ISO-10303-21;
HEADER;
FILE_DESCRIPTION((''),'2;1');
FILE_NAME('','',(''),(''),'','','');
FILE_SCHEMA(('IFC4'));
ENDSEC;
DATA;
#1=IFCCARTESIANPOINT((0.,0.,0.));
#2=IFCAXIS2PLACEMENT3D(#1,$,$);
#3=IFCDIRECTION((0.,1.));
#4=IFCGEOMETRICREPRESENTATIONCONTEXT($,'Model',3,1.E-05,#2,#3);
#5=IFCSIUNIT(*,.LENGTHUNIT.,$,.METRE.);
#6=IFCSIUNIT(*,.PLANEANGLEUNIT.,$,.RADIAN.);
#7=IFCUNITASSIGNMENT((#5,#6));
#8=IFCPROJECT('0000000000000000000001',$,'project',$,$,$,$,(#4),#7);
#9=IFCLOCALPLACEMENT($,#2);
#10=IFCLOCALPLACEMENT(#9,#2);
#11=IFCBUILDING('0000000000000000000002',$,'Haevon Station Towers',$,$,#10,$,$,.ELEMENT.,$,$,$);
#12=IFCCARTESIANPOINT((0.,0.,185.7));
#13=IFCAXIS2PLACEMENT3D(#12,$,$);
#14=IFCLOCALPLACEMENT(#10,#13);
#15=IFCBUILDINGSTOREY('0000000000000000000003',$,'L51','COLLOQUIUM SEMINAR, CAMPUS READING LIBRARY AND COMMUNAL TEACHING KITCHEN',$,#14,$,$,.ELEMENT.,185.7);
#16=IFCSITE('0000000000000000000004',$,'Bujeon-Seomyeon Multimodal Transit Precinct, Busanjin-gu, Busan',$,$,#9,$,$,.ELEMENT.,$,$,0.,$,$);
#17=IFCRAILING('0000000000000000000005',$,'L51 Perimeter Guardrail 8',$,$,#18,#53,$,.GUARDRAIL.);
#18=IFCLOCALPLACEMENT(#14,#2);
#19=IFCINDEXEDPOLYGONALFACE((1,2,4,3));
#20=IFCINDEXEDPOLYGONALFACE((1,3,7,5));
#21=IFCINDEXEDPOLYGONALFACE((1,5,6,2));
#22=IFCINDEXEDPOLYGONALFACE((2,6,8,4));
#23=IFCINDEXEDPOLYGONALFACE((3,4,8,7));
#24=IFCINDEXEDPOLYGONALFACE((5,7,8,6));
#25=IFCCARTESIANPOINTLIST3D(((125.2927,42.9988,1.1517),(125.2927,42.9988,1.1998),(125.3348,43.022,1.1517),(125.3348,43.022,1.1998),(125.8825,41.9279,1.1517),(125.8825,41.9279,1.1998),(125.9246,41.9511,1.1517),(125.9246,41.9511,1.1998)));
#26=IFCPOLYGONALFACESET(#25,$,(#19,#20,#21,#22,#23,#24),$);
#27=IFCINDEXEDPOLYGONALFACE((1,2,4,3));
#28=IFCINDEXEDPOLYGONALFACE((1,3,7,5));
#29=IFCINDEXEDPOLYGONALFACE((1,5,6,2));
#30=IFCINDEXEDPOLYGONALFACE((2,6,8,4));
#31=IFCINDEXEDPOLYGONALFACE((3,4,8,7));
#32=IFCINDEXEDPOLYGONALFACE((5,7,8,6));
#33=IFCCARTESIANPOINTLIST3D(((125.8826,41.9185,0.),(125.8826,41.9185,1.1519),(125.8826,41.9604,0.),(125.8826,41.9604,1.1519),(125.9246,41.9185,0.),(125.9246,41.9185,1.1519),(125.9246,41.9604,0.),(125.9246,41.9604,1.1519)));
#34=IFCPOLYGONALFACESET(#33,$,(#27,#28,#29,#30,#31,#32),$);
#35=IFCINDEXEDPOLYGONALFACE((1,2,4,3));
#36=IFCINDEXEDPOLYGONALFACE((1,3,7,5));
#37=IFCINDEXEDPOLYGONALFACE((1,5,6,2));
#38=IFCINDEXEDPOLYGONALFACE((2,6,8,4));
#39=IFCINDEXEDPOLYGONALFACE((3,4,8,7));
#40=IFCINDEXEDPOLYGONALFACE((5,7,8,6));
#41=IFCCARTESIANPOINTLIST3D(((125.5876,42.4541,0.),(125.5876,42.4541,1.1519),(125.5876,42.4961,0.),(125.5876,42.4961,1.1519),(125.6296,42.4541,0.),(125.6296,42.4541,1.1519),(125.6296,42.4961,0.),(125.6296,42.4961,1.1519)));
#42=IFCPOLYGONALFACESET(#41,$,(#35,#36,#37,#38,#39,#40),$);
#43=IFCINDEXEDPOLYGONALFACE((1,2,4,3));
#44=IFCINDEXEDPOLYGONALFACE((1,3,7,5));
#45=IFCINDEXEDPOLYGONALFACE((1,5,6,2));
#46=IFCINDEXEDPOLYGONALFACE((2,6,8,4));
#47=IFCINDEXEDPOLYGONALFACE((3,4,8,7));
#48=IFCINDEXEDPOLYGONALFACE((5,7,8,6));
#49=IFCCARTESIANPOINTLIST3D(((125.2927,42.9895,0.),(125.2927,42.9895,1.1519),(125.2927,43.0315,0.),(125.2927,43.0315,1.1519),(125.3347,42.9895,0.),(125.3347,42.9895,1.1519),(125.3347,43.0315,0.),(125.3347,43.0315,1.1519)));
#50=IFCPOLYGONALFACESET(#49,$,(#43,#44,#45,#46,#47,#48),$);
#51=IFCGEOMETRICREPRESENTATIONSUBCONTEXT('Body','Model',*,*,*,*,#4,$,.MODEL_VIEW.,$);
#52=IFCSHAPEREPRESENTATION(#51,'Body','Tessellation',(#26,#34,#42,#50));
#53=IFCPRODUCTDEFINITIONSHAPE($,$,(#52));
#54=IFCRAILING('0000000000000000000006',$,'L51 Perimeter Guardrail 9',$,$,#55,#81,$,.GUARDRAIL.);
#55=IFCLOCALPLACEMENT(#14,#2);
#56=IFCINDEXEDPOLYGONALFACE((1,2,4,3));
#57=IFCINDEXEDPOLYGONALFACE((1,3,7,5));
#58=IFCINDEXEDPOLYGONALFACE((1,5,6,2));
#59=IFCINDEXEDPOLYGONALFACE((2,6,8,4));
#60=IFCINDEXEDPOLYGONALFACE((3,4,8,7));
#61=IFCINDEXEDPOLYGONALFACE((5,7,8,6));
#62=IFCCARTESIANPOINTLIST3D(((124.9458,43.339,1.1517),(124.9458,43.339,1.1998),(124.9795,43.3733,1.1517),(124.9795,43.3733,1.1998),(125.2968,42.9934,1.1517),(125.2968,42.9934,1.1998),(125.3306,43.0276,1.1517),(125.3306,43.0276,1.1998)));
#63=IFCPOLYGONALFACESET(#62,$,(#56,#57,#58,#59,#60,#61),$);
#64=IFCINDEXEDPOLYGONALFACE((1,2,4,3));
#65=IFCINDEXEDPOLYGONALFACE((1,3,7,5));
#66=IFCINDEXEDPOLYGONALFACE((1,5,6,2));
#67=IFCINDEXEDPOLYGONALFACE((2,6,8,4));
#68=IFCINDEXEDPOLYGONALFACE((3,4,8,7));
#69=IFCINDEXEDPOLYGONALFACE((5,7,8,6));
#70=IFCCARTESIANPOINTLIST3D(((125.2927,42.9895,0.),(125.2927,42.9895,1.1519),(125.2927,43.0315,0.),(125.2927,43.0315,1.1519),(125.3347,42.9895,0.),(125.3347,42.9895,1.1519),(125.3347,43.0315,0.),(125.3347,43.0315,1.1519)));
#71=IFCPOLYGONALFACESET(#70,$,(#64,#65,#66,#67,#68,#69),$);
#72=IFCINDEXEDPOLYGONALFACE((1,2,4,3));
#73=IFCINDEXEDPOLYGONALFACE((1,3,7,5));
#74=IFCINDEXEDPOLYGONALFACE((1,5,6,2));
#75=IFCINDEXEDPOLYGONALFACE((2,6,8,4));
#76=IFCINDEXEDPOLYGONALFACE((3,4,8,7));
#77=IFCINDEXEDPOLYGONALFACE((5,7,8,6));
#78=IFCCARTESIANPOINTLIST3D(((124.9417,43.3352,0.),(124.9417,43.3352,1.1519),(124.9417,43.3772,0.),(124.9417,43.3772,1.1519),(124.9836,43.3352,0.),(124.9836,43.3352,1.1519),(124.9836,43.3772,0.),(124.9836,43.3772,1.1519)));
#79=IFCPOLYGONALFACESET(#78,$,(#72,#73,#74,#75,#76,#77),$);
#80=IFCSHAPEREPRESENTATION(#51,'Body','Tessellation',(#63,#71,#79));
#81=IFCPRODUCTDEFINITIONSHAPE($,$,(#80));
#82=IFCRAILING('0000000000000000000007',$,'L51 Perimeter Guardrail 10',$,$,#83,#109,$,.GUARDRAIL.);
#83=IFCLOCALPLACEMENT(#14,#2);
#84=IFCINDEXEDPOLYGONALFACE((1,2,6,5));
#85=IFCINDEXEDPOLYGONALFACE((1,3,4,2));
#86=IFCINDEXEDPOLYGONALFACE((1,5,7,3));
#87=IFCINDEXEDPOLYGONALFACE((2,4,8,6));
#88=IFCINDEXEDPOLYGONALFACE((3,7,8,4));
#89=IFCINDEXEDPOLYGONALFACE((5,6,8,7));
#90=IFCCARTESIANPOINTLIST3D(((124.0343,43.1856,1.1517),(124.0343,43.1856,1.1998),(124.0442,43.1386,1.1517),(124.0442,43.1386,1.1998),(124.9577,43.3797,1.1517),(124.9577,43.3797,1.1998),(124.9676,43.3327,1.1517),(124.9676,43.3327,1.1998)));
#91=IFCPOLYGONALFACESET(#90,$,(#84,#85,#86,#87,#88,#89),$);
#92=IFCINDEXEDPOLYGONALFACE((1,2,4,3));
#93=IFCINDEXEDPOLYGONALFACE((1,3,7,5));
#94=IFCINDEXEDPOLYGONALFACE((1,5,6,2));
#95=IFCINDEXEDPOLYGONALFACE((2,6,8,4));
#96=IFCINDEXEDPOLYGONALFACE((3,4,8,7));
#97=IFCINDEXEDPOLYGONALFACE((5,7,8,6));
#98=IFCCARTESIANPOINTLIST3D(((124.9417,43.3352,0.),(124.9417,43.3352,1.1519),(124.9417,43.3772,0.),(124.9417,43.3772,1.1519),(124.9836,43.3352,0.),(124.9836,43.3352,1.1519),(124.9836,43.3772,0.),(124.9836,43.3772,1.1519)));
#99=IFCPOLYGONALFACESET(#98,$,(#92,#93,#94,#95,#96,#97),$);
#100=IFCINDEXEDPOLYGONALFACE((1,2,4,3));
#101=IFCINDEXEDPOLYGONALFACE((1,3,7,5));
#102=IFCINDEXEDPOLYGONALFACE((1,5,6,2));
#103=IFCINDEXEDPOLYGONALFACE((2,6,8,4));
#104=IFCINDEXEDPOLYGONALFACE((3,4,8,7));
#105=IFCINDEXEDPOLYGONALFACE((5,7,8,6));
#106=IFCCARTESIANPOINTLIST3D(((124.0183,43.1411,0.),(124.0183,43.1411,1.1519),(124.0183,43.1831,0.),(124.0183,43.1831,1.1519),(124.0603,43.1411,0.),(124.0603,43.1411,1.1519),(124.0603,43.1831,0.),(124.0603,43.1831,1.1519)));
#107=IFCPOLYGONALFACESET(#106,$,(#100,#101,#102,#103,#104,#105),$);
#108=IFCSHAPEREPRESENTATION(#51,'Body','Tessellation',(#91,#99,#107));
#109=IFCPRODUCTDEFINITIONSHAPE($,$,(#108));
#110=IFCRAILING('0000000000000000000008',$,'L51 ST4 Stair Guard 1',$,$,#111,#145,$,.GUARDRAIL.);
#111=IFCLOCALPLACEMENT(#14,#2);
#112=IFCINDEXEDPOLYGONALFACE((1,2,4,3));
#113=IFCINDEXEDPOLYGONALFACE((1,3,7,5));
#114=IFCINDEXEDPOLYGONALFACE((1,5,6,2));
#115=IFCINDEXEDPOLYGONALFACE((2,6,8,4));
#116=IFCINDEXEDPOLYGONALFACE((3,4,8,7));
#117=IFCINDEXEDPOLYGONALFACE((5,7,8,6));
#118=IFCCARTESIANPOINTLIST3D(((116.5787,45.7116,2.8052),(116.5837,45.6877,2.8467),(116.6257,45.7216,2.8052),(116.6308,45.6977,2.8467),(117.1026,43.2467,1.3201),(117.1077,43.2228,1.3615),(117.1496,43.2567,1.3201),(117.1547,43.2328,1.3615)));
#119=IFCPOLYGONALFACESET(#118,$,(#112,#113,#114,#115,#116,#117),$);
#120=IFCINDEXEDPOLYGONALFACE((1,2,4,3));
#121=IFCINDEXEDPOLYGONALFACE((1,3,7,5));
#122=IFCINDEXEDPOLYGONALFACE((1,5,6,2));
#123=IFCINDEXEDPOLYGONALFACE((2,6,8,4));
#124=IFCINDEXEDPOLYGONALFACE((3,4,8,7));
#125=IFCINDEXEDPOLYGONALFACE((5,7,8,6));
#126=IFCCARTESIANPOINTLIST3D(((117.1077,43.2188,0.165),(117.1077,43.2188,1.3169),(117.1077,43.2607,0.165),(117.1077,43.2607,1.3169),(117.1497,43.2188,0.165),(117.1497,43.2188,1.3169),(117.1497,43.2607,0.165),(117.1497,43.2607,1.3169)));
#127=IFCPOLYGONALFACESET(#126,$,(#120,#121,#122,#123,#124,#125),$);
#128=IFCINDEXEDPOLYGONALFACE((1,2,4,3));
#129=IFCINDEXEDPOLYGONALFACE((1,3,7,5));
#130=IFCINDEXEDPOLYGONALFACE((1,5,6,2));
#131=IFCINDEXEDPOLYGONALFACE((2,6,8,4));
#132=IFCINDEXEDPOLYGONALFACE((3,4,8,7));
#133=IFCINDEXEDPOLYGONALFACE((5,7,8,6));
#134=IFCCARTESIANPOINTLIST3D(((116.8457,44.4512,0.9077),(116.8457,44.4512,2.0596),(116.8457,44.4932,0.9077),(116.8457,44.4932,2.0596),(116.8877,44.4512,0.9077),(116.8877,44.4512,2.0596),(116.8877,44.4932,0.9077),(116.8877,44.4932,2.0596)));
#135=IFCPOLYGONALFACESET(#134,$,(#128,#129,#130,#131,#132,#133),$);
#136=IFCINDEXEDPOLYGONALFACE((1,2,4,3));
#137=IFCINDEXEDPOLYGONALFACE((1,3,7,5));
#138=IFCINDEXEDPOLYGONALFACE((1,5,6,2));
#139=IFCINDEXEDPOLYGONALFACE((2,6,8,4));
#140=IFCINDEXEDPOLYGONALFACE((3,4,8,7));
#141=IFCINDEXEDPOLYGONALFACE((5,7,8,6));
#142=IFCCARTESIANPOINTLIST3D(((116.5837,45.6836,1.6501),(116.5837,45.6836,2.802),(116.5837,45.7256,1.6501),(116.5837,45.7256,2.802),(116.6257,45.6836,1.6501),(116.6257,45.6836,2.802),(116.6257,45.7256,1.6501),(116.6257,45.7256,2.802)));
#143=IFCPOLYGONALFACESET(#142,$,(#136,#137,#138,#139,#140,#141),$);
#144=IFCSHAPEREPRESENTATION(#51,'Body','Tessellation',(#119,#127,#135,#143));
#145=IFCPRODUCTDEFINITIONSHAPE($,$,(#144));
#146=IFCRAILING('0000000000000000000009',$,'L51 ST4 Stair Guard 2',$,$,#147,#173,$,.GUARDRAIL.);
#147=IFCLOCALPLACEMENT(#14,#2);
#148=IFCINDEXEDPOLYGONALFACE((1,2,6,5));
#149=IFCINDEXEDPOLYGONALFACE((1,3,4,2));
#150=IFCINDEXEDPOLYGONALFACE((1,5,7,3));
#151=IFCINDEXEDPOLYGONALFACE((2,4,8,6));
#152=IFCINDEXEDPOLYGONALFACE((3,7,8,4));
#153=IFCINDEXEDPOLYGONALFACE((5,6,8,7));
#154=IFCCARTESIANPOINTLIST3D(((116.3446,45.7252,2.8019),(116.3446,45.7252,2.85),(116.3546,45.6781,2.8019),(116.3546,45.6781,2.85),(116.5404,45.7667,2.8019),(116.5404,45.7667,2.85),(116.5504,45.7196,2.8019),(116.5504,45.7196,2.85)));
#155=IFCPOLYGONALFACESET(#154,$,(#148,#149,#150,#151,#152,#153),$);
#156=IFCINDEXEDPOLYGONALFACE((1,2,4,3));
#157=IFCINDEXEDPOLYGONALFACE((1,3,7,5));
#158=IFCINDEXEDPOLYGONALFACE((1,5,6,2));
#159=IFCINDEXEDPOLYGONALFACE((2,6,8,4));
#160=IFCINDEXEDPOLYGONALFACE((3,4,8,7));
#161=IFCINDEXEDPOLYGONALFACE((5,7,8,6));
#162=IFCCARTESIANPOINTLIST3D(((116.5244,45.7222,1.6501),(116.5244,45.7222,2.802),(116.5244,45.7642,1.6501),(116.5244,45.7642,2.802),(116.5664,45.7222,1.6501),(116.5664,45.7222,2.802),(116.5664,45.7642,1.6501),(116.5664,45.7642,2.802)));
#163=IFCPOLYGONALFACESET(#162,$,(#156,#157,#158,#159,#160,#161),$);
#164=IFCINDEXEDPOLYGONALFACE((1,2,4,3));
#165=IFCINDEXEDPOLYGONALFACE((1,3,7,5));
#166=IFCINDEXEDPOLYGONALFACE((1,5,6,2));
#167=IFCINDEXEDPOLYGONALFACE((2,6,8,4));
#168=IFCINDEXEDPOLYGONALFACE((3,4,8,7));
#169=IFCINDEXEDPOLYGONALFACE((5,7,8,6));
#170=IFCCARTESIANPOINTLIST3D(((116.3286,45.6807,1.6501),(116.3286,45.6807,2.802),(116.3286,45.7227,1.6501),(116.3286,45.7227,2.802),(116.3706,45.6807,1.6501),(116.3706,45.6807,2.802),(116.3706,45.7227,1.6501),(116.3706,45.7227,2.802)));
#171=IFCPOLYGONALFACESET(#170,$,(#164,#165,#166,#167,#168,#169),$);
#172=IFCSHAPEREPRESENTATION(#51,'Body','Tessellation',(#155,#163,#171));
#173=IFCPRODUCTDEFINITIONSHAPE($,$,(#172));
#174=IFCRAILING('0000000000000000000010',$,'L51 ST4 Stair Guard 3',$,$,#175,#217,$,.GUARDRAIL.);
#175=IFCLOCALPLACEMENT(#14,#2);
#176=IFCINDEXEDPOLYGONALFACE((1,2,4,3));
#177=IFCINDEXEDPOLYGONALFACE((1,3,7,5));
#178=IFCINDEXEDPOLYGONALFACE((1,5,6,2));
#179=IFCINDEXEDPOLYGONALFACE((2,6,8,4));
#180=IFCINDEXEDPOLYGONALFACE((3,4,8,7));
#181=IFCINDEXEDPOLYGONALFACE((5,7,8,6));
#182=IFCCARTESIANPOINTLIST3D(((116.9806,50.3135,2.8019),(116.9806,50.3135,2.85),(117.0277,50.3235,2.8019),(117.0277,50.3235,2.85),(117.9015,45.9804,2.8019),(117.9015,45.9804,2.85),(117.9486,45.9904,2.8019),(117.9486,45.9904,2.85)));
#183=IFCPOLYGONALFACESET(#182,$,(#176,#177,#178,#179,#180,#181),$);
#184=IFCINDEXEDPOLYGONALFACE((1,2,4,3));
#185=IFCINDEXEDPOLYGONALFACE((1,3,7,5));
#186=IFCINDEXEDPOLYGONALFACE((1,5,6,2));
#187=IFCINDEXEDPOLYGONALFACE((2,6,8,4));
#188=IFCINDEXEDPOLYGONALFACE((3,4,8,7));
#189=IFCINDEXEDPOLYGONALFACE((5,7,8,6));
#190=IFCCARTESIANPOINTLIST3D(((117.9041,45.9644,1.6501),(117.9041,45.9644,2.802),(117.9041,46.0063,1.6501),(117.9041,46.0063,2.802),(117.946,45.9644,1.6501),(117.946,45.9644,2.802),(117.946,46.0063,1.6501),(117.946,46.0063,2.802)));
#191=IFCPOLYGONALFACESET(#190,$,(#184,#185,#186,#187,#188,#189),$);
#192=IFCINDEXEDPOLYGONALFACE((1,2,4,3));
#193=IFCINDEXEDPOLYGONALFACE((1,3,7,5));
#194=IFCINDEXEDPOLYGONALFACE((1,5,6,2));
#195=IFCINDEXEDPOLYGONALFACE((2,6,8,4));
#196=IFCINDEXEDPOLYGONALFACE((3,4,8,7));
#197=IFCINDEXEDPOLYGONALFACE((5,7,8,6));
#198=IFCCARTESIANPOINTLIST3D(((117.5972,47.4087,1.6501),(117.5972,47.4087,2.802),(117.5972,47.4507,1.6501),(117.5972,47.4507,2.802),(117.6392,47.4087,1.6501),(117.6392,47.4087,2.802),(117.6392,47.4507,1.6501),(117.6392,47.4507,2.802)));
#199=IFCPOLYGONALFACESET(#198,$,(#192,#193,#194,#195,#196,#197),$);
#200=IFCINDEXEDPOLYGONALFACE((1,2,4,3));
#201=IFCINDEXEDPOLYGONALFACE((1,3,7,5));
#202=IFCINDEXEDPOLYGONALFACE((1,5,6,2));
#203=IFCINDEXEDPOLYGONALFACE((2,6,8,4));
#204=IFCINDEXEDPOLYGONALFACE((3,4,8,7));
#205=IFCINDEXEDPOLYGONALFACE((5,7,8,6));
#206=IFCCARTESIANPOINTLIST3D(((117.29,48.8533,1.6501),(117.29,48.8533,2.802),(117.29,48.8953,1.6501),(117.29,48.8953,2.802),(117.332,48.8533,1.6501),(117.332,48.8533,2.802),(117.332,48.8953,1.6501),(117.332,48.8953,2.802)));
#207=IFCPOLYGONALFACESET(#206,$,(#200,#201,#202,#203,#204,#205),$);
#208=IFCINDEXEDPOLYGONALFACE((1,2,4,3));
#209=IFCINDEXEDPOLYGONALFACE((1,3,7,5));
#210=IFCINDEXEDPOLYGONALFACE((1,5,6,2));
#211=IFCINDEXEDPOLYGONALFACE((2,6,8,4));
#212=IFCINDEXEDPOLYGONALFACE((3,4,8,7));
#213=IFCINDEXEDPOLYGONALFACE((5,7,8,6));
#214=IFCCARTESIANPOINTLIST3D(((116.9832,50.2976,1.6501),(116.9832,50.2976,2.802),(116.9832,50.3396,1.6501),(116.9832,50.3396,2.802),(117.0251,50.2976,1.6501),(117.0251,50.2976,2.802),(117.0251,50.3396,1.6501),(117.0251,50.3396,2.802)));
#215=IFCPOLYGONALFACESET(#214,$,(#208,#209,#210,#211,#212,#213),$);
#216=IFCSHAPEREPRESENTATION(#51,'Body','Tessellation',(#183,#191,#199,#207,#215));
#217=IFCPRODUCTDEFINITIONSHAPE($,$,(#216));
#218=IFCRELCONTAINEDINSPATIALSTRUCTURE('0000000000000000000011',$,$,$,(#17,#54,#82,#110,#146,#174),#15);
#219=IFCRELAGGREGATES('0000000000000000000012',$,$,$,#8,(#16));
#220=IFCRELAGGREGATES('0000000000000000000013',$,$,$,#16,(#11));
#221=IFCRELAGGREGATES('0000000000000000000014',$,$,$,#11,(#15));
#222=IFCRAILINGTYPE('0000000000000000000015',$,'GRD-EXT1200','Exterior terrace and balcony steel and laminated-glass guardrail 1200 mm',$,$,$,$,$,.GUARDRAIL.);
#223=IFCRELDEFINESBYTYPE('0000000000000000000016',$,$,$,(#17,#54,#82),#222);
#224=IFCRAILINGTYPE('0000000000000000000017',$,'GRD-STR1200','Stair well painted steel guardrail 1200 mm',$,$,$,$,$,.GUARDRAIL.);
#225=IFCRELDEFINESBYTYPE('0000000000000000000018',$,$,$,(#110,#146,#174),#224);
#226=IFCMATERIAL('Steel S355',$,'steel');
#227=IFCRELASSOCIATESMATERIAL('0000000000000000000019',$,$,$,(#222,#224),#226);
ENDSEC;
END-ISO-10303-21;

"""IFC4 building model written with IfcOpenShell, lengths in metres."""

from ifc_helpers import new_model, si_unit, direction, frame, origin, origin_2d, place, context, subcontext, project, spatial, rectangle, extrude, material, type_object, element, save


model = new_model("IFC4")

# Units and contexts
model_context = context("Model", 3, precision=1e-05, world=origin(), true_north=direction((0.0, 1.0)))
body_context = subcontext(model_context, "Body", "Model", "MODEL_VIEW")
ifc_project = project(units=[si_unit("LENGTHUNIT", "METRE"), si_unit("PLANEANGLEUNIT", "RADIAN")], contexts=[model_context])

# Site, building, storey
site_placement = place(None, origin())
site = spatial("IfcSite", under=ifc_project, at=site_placement, Name="Bujeon-Seomyeon Multimodal Transit Precinct, Busanjin-gu, Busan", CompositionType="ELEMENT", RefElevation=0.0)
building_placement = place(site_placement, origin())
building = spatial("IfcBuilding", under=site, at=building_placement, Name="Haevon Station Towers", CompositionType="ELEMENT")
storey_placement = place(building_placement, frame((0.0, 0.0, 185.7)))
storey = spatial("IfcBuildingStorey", under=building, at=storey_placement, Name="L51", Description="COLLOQUIUM SEMINAR, CAMPUS READING LIBRARY AND COMMUNAL TEACHING KITCHEN", CompositionType="ELEMENT", Elevation=185.7)

# Shared definitions
ifc_material_1 = material(Name="Steel S355", Category="steel")

# Railings
railing_type_1 = type_object("IfcRailingType", Name="GRD-EXT1200", Description="Exterior terrace and balcony steel and laminated-glass guardrail 1200 mm", PredefinedType="GUARDRAIL", material=ifc_material_1)
railing_1_placement = place(storey_placement, frame((125.9036, 41.9395, 0.0)))
element("IfcRailing", 1, at=railing_1_placement, inside=storey, type_object=railing_type_1, Name="L51 Perimeter Guardrail 8", PredefinedType="GUARDRAIL", context=body_context, shape_type="SweptSolid", body=[
    extrude(rectangle(XDim=0.0481, YDim=0.0481, at=origin_2d()), frame((0.0, 0.0, 1.1758), z_axis=(-0.482402, 0.87595, 0.0), x_axis=(-0.87595, -0.482402, 0.0)), (0.0, 0.0, 1.0), 1.2227),
    extrude(rectangle(XDim=0.042, YDim=0.042, at=origin_2d()), origin(), (0.0, 0.0, 1.0), 1.1519),
    extrude(rectangle(XDim=0.042, YDim=0.042, at=origin_2d()), frame((-0.2949, 0.5356, 0.0)), (0.0, 0.0, 1.0), 1.1519),
    extrude(rectangle(XDim=0.042, YDim=0.042, at=origin_2d()), frame((-0.5898, 1.071, 0.0)), (0.0, 0.0, 1.0), 1.1519),
])
railing_2_placement = place(storey_placement, frame((125.3137, 43.0105, 0.0)))
element("IfcRailing", 2, at=railing_2_placement, inside=storey, type_object=railing_type_1, Name="L51 Perimeter Guardrail 9", PredefinedType="GUARDRAIL", context=body_context, shape_type="SweptSolid", body=[
    extrude(rectangle(XDim=0.0481, YDim=0.0481, at=origin_2d()), frame((0.0, 0.0, 1.1758), z_axis=(-0.712536, 0.701635, 0.0), x_axis=(-0.701635, -0.712536, 0.0)), (0.0, 0.0, 1.0), 0.4927),
    extrude(rectangle(XDim=0.042, YDim=0.042, at=origin_2d()), origin(), (0.0, 0.0, 1.0), 1.1519),
    extrude(rectangle(XDim=0.042, YDim=0.042, at=origin_2d()), frame((-0.3511, 0.3457, 0.0)), (0.0, 0.0, 1.0), 1.1519),
])
railing_3_placement = place(storey_placement, frame((124.9626, 43.3562, 0.0)))
element("IfcRailing", 3, at=railing_3_placement, inside=storey, type_object=railing_type_1, Name="L51 Perimeter Guardrail 10", PredefinedType="GUARDRAIL", context=body_context, shape_type="SweptSolid", body=[
    extrude(rectangle(XDim=0.0481, YDim=0.0481, at=origin_2d()), frame((0.0, 0.0, 1.1758), z_axis=(-0.978613, -0.205711, 0.0), x_axis=(0.205711, -0.978613, 0.0)), (0.0, 0.0, 1.0), 0.9436),
    extrude(rectangle(XDim=0.042, YDim=0.042, at=origin_2d()), origin(), (0.0, 0.0, 1.0), 1.1519),
    extrude(rectangle(XDim=0.042, YDim=0.042, at=origin_2d()), frame((-0.9233, -0.1941, 0.0)), (0.0, 0.0, 1.0), 1.1519),
])
railing_type_2 = type_object("IfcRailingType", Name="GRD-STR1200", Description="Stair well painted steel guardrail 1200 mm", PredefinedType="GUARDRAIL", material=ifc_material_1)
railing_4_placement = place(storey_placement, frame((117.1287, 43.2397, 0.165)))
element("IfcRailing", 4, at=railing_4_placement, inside=storey, type_object=railing_type_2, Name="L51 ST4 Stair Guard 1", PredefinedType="GUARDRAIL", context=body_context, shape_type="SweptSolid", body=[
    extrude(rectangle(XDim=0.0481, YDim=0.0481, at=origin_2d()), frame((0.0, 0.0, 1.1758), z_axis=(-0.179121, 0.842688, 0.507733), x_axis=(-0.978147, -0.207914, 0.0)), (0.0, 0.0, 1.0), 2.925),
    extrude(rectangle(XDim=0.042, YDim=0.042, at=origin_2d()), origin(), (0.0, 0.0, 1.0), 1.1519),
    extrude(rectangle(XDim=0.042, YDim=0.042, at=origin_2d()), frame((-0.262, 1.2324, 0.7427)), (0.0, 0.0, 1.0), 1.1519),
    extrude(rectangle(XDim=0.042, YDim=0.042, at=origin_2d()), frame((-0.5239, 2.4648, 1.4851)), (0.0, 0.0, 1.0), 1.1519),
])
railing_5_placement = place(storey_placement, frame((116.5454, 45.7432, 1.6501)))
element("IfcRailing", 5, at=railing_5_placement, inside=storey, type_object=railing_type_2, Name="L51 ST4 Stair Guard 2", PredefinedType="GUARDRAIL", context=body_context, shape_type="SweptSolid", body=[
    extrude(rectangle(XDim=0.0481, YDim=0.0481, at=origin_2d()), frame((0.0, 0.0, 1.1758), z_axis=(-0.978264, -0.207363, 0.0), x_axis=(0.207363, -0.978264, 0.0)), (0.0, 0.0, 1.0), 0.2002),
    extrude(rectangle(XDim=0.042, YDim=0.042, at=origin_2d()), origin(), (0.0, 0.0, 1.0), 1.1519),
    extrude(rectangle(XDim=0.042, YDim=0.042, at=origin_2d()), frame((-0.1958, -0.0415, 0.0)), (0.0, 0.0, 1.0), 1.1519),
])
railing_6_placement = place(storey_placement, frame((117.925, 45.9854, 1.6501)))
element("IfcRailing", 6, at=railing_6_placement, inside=storey, type_object=railing_type_2, Name="L51 ST4 Stair Guard 3", PredefinedType="GUARDRAIL", context=body_context, shape_type="SweptSolid", body=[
    extrude(rectangle(XDim=0.0481, YDim=0.0481, at=origin_2d()), frame((0.0, 0.0, 1.1758), z_axis=(-0.207877, 0.978155, 0.0), x_axis=(-0.978155, -0.207877, 0.0)), (0.0, 0.0, 1.0), 4.4299),
    extrude(rectangle(XDim=0.042, YDim=0.042, at=origin_2d()), origin(), (0.0, 0.0, 1.0), 1.1519),
    extrude(rectangle(XDim=0.042, YDim=0.042, at=origin_2d()), frame((-0.3069, 1.4443, 0.0)), (0.0, 0.0, 1.0), 1.1519),
    extrude(rectangle(XDim=0.042, YDim=0.042, at=origin_2d()), frame((-0.614, 2.8889, 0.0)), (0.0, 0.0, 1.0), 1.1519),
    extrude(rectangle(XDim=0.042, YDim=0.042, at=origin_2d()), frame((-0.9209, 4.3333, 0.0)), (0.0, 0.0, 1.0), 1.1519),
])

save(model, "model.ifc")
